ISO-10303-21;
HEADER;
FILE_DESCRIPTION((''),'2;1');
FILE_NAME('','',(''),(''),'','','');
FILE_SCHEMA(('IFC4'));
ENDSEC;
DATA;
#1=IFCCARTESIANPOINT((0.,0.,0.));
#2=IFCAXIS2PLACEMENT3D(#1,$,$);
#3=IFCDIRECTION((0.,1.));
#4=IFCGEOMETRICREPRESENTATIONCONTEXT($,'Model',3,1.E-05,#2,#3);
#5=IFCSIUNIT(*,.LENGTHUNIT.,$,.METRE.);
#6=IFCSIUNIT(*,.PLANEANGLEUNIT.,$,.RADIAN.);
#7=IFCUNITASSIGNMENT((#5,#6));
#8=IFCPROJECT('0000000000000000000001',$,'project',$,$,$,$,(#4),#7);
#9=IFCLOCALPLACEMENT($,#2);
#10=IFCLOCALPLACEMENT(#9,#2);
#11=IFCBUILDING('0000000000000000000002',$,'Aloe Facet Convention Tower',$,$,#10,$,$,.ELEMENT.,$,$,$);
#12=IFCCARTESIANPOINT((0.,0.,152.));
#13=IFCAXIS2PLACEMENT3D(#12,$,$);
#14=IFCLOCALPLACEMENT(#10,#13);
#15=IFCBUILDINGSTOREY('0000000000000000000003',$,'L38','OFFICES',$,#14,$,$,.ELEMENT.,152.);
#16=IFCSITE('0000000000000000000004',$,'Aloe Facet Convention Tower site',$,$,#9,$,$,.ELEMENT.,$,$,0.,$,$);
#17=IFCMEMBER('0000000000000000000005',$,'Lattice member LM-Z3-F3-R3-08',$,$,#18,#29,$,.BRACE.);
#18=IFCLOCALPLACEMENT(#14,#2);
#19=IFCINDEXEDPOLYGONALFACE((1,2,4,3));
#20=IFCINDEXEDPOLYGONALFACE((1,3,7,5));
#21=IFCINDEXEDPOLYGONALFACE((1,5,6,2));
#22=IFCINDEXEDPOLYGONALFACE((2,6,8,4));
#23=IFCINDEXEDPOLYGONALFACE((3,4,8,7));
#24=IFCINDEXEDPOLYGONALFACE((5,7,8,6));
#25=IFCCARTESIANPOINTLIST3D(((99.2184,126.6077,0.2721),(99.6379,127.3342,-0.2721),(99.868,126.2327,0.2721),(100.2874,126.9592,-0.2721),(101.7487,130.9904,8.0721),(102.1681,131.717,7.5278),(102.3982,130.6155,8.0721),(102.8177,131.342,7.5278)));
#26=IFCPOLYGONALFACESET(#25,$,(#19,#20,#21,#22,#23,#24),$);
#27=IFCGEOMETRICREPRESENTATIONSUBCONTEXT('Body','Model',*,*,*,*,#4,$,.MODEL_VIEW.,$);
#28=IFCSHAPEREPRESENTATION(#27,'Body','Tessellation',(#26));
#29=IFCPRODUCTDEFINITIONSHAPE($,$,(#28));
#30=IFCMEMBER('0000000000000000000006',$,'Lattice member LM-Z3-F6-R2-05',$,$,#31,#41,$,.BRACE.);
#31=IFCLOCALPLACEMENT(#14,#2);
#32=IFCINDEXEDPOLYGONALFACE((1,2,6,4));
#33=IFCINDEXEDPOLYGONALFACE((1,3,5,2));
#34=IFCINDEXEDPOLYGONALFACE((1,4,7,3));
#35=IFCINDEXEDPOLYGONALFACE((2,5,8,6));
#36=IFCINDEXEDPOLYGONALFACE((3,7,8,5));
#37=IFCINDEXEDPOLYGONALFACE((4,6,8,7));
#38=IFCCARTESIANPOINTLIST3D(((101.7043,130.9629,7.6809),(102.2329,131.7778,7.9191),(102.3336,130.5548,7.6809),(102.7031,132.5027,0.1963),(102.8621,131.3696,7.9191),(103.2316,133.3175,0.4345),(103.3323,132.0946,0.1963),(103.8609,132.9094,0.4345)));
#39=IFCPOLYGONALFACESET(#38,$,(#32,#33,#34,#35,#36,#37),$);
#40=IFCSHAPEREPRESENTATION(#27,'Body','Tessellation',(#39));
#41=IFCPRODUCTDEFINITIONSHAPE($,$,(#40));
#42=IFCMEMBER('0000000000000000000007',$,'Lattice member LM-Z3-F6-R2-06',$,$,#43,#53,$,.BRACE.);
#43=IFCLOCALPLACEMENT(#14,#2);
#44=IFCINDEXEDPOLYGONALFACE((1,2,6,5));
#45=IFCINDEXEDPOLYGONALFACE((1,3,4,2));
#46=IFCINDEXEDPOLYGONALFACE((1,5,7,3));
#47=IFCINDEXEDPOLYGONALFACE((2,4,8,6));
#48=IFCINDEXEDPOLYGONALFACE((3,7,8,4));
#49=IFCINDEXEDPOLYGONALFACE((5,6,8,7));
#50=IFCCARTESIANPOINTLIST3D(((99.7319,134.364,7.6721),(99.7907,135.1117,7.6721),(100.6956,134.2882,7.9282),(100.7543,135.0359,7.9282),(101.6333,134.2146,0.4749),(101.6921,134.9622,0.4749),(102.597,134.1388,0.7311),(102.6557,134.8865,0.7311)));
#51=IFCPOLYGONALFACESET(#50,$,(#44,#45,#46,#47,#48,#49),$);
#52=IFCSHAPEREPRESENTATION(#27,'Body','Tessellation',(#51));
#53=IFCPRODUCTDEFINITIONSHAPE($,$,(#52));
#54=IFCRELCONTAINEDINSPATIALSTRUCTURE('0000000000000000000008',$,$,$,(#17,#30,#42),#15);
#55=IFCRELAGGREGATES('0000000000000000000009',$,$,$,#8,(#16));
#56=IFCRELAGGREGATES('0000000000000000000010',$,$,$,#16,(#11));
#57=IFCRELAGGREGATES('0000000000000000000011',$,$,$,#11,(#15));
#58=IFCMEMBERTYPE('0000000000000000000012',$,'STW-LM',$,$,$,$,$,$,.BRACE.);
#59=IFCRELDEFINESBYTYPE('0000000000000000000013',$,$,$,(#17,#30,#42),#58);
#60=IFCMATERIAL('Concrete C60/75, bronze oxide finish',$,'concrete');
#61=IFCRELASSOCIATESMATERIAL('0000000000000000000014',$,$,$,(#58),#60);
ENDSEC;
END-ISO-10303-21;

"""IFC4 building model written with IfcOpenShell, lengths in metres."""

from ifc_helpers import new_model, si_unit, direction, frame, origin, origin_2d, place, context, subcontext, project, spatial, rectangle, extrude, material, material_profile, profile_set, type_object, element, save


model = new_model("IFC4")

# Units and contexts
model_context = context("Model", 3, precision=1e-05, world=origin(), true_north=direction((0.0, 1.0)))
body_context = subcontext(model_context, "Body", "Model", "MODEL_VIEW")
ifc_project = project(units=[si_unit("LENGTHUNIT", "METRE"), si_unit("PLANEANGLEUNIT", "RADIAN")], contexts=[model_context])

# Site, building, storey
site_placement = place(None, origin())
site = spatial("IfcSite", under=ifc_project, at=site_placement, Name="Aloe Facet Convention Tower site", CompositionType="ELEMENT", RefElevation=0.0)
building_placement = place(site_placement, origin())
building = spatial("IfcBuilding", under=site, at=building_placement, Name="Aloe Facet Convention Tower", CompositionType="ELEMENT")
storey_placement = place(building_placement, frame((0.0, 0.0, 152.0)))
storey = spatial("IfcBuildingStorey", under=building, at=storey_placement, Name="L38", Description="OFFICES", CompositionType="ELEMENT", Elevation=152.0)

# Members
ifc_material_1 = material(Name="Concrete C60/75, bronze oxide finish", Category="concrete")
ifc_material_profile_1 = material_profile(ifc_material_1, rectangle(XDim=0.75, YDim=1.0, at=origin_2d()), Name="STW-LM")
ifc_profile_set_1 = profile_set([ifc_material_profile_1], Name="Concrete C60/75, bronze oxide finish")
member_type = type_object("IfcMemberType", Name="STW-LM", PredefinedType="BRACE", material=ifc_profile_set_1)
for number, where, z_axis, x_axis, name in (
    (1, (99.7529, 126.7834, 0.0), (0.272132, 0.471373, 0.838899), (-0.866038, 0.499979, 0.0), "Lattice member LM-Z3-F3-R3-08"),
):
    element("IfcMember", number, at=place(storey_placement, frame(where, z_axis=z_axis, x_axis=x_axis)), inside=storey, type_object=member_type, Name=name, PredefinedType="BRACE", context=body_context, shape_type="SweptSolid", body=[
        extrude(rectangle(XDim=0.75, YDim=1.0, at=origin_2d()), origin(), (0.0, 0.0, 1.0), 9.2979),
    ])
member_1_placement = place(storey_placement, frame((103.282, 132.7061, 0.3154), z_axis=(-0.129604, -0.199808, 0.971226), x_axis=(0.838963, -0.544189, 0.0)))
element("IfcMember", 2, at=member_1_placement, inside=storey, type_object=member_type, Name="Lattice member LM-Z3-F6-R2-05", PredefinedType="BRACE", context=body_context, shape_type="SweptSolid", body=[
    extrude(rectangle(XDim=0.75, YDim=1.0, at=origin_2d()), origin(), (0.0, 0.0, 1.0), 7.7063),
])
member_2_placement = place(storey_placement, frame((102.1445, 134.5505, 0.603), z_axis=(-0.255373, 0.020068, 0.966634), x_axis=(-0.078341, -0.996927, 0.0)))
element("IfcMember", 3, at=member_2_placement, inside=storey, type_object=member_type, Name="Lattice member LM-Z3-F6-R2-06", PredefinedType="BRACE", context=body_context, shape_type="SweptSolid", body=[
    extrude(rectangle(XDim=0.75, YDim=1.0, at=origin_2d()), origin(), (0.0, 0.0, 1.0), 7.4456),
])

save(model, "model.ifc")
